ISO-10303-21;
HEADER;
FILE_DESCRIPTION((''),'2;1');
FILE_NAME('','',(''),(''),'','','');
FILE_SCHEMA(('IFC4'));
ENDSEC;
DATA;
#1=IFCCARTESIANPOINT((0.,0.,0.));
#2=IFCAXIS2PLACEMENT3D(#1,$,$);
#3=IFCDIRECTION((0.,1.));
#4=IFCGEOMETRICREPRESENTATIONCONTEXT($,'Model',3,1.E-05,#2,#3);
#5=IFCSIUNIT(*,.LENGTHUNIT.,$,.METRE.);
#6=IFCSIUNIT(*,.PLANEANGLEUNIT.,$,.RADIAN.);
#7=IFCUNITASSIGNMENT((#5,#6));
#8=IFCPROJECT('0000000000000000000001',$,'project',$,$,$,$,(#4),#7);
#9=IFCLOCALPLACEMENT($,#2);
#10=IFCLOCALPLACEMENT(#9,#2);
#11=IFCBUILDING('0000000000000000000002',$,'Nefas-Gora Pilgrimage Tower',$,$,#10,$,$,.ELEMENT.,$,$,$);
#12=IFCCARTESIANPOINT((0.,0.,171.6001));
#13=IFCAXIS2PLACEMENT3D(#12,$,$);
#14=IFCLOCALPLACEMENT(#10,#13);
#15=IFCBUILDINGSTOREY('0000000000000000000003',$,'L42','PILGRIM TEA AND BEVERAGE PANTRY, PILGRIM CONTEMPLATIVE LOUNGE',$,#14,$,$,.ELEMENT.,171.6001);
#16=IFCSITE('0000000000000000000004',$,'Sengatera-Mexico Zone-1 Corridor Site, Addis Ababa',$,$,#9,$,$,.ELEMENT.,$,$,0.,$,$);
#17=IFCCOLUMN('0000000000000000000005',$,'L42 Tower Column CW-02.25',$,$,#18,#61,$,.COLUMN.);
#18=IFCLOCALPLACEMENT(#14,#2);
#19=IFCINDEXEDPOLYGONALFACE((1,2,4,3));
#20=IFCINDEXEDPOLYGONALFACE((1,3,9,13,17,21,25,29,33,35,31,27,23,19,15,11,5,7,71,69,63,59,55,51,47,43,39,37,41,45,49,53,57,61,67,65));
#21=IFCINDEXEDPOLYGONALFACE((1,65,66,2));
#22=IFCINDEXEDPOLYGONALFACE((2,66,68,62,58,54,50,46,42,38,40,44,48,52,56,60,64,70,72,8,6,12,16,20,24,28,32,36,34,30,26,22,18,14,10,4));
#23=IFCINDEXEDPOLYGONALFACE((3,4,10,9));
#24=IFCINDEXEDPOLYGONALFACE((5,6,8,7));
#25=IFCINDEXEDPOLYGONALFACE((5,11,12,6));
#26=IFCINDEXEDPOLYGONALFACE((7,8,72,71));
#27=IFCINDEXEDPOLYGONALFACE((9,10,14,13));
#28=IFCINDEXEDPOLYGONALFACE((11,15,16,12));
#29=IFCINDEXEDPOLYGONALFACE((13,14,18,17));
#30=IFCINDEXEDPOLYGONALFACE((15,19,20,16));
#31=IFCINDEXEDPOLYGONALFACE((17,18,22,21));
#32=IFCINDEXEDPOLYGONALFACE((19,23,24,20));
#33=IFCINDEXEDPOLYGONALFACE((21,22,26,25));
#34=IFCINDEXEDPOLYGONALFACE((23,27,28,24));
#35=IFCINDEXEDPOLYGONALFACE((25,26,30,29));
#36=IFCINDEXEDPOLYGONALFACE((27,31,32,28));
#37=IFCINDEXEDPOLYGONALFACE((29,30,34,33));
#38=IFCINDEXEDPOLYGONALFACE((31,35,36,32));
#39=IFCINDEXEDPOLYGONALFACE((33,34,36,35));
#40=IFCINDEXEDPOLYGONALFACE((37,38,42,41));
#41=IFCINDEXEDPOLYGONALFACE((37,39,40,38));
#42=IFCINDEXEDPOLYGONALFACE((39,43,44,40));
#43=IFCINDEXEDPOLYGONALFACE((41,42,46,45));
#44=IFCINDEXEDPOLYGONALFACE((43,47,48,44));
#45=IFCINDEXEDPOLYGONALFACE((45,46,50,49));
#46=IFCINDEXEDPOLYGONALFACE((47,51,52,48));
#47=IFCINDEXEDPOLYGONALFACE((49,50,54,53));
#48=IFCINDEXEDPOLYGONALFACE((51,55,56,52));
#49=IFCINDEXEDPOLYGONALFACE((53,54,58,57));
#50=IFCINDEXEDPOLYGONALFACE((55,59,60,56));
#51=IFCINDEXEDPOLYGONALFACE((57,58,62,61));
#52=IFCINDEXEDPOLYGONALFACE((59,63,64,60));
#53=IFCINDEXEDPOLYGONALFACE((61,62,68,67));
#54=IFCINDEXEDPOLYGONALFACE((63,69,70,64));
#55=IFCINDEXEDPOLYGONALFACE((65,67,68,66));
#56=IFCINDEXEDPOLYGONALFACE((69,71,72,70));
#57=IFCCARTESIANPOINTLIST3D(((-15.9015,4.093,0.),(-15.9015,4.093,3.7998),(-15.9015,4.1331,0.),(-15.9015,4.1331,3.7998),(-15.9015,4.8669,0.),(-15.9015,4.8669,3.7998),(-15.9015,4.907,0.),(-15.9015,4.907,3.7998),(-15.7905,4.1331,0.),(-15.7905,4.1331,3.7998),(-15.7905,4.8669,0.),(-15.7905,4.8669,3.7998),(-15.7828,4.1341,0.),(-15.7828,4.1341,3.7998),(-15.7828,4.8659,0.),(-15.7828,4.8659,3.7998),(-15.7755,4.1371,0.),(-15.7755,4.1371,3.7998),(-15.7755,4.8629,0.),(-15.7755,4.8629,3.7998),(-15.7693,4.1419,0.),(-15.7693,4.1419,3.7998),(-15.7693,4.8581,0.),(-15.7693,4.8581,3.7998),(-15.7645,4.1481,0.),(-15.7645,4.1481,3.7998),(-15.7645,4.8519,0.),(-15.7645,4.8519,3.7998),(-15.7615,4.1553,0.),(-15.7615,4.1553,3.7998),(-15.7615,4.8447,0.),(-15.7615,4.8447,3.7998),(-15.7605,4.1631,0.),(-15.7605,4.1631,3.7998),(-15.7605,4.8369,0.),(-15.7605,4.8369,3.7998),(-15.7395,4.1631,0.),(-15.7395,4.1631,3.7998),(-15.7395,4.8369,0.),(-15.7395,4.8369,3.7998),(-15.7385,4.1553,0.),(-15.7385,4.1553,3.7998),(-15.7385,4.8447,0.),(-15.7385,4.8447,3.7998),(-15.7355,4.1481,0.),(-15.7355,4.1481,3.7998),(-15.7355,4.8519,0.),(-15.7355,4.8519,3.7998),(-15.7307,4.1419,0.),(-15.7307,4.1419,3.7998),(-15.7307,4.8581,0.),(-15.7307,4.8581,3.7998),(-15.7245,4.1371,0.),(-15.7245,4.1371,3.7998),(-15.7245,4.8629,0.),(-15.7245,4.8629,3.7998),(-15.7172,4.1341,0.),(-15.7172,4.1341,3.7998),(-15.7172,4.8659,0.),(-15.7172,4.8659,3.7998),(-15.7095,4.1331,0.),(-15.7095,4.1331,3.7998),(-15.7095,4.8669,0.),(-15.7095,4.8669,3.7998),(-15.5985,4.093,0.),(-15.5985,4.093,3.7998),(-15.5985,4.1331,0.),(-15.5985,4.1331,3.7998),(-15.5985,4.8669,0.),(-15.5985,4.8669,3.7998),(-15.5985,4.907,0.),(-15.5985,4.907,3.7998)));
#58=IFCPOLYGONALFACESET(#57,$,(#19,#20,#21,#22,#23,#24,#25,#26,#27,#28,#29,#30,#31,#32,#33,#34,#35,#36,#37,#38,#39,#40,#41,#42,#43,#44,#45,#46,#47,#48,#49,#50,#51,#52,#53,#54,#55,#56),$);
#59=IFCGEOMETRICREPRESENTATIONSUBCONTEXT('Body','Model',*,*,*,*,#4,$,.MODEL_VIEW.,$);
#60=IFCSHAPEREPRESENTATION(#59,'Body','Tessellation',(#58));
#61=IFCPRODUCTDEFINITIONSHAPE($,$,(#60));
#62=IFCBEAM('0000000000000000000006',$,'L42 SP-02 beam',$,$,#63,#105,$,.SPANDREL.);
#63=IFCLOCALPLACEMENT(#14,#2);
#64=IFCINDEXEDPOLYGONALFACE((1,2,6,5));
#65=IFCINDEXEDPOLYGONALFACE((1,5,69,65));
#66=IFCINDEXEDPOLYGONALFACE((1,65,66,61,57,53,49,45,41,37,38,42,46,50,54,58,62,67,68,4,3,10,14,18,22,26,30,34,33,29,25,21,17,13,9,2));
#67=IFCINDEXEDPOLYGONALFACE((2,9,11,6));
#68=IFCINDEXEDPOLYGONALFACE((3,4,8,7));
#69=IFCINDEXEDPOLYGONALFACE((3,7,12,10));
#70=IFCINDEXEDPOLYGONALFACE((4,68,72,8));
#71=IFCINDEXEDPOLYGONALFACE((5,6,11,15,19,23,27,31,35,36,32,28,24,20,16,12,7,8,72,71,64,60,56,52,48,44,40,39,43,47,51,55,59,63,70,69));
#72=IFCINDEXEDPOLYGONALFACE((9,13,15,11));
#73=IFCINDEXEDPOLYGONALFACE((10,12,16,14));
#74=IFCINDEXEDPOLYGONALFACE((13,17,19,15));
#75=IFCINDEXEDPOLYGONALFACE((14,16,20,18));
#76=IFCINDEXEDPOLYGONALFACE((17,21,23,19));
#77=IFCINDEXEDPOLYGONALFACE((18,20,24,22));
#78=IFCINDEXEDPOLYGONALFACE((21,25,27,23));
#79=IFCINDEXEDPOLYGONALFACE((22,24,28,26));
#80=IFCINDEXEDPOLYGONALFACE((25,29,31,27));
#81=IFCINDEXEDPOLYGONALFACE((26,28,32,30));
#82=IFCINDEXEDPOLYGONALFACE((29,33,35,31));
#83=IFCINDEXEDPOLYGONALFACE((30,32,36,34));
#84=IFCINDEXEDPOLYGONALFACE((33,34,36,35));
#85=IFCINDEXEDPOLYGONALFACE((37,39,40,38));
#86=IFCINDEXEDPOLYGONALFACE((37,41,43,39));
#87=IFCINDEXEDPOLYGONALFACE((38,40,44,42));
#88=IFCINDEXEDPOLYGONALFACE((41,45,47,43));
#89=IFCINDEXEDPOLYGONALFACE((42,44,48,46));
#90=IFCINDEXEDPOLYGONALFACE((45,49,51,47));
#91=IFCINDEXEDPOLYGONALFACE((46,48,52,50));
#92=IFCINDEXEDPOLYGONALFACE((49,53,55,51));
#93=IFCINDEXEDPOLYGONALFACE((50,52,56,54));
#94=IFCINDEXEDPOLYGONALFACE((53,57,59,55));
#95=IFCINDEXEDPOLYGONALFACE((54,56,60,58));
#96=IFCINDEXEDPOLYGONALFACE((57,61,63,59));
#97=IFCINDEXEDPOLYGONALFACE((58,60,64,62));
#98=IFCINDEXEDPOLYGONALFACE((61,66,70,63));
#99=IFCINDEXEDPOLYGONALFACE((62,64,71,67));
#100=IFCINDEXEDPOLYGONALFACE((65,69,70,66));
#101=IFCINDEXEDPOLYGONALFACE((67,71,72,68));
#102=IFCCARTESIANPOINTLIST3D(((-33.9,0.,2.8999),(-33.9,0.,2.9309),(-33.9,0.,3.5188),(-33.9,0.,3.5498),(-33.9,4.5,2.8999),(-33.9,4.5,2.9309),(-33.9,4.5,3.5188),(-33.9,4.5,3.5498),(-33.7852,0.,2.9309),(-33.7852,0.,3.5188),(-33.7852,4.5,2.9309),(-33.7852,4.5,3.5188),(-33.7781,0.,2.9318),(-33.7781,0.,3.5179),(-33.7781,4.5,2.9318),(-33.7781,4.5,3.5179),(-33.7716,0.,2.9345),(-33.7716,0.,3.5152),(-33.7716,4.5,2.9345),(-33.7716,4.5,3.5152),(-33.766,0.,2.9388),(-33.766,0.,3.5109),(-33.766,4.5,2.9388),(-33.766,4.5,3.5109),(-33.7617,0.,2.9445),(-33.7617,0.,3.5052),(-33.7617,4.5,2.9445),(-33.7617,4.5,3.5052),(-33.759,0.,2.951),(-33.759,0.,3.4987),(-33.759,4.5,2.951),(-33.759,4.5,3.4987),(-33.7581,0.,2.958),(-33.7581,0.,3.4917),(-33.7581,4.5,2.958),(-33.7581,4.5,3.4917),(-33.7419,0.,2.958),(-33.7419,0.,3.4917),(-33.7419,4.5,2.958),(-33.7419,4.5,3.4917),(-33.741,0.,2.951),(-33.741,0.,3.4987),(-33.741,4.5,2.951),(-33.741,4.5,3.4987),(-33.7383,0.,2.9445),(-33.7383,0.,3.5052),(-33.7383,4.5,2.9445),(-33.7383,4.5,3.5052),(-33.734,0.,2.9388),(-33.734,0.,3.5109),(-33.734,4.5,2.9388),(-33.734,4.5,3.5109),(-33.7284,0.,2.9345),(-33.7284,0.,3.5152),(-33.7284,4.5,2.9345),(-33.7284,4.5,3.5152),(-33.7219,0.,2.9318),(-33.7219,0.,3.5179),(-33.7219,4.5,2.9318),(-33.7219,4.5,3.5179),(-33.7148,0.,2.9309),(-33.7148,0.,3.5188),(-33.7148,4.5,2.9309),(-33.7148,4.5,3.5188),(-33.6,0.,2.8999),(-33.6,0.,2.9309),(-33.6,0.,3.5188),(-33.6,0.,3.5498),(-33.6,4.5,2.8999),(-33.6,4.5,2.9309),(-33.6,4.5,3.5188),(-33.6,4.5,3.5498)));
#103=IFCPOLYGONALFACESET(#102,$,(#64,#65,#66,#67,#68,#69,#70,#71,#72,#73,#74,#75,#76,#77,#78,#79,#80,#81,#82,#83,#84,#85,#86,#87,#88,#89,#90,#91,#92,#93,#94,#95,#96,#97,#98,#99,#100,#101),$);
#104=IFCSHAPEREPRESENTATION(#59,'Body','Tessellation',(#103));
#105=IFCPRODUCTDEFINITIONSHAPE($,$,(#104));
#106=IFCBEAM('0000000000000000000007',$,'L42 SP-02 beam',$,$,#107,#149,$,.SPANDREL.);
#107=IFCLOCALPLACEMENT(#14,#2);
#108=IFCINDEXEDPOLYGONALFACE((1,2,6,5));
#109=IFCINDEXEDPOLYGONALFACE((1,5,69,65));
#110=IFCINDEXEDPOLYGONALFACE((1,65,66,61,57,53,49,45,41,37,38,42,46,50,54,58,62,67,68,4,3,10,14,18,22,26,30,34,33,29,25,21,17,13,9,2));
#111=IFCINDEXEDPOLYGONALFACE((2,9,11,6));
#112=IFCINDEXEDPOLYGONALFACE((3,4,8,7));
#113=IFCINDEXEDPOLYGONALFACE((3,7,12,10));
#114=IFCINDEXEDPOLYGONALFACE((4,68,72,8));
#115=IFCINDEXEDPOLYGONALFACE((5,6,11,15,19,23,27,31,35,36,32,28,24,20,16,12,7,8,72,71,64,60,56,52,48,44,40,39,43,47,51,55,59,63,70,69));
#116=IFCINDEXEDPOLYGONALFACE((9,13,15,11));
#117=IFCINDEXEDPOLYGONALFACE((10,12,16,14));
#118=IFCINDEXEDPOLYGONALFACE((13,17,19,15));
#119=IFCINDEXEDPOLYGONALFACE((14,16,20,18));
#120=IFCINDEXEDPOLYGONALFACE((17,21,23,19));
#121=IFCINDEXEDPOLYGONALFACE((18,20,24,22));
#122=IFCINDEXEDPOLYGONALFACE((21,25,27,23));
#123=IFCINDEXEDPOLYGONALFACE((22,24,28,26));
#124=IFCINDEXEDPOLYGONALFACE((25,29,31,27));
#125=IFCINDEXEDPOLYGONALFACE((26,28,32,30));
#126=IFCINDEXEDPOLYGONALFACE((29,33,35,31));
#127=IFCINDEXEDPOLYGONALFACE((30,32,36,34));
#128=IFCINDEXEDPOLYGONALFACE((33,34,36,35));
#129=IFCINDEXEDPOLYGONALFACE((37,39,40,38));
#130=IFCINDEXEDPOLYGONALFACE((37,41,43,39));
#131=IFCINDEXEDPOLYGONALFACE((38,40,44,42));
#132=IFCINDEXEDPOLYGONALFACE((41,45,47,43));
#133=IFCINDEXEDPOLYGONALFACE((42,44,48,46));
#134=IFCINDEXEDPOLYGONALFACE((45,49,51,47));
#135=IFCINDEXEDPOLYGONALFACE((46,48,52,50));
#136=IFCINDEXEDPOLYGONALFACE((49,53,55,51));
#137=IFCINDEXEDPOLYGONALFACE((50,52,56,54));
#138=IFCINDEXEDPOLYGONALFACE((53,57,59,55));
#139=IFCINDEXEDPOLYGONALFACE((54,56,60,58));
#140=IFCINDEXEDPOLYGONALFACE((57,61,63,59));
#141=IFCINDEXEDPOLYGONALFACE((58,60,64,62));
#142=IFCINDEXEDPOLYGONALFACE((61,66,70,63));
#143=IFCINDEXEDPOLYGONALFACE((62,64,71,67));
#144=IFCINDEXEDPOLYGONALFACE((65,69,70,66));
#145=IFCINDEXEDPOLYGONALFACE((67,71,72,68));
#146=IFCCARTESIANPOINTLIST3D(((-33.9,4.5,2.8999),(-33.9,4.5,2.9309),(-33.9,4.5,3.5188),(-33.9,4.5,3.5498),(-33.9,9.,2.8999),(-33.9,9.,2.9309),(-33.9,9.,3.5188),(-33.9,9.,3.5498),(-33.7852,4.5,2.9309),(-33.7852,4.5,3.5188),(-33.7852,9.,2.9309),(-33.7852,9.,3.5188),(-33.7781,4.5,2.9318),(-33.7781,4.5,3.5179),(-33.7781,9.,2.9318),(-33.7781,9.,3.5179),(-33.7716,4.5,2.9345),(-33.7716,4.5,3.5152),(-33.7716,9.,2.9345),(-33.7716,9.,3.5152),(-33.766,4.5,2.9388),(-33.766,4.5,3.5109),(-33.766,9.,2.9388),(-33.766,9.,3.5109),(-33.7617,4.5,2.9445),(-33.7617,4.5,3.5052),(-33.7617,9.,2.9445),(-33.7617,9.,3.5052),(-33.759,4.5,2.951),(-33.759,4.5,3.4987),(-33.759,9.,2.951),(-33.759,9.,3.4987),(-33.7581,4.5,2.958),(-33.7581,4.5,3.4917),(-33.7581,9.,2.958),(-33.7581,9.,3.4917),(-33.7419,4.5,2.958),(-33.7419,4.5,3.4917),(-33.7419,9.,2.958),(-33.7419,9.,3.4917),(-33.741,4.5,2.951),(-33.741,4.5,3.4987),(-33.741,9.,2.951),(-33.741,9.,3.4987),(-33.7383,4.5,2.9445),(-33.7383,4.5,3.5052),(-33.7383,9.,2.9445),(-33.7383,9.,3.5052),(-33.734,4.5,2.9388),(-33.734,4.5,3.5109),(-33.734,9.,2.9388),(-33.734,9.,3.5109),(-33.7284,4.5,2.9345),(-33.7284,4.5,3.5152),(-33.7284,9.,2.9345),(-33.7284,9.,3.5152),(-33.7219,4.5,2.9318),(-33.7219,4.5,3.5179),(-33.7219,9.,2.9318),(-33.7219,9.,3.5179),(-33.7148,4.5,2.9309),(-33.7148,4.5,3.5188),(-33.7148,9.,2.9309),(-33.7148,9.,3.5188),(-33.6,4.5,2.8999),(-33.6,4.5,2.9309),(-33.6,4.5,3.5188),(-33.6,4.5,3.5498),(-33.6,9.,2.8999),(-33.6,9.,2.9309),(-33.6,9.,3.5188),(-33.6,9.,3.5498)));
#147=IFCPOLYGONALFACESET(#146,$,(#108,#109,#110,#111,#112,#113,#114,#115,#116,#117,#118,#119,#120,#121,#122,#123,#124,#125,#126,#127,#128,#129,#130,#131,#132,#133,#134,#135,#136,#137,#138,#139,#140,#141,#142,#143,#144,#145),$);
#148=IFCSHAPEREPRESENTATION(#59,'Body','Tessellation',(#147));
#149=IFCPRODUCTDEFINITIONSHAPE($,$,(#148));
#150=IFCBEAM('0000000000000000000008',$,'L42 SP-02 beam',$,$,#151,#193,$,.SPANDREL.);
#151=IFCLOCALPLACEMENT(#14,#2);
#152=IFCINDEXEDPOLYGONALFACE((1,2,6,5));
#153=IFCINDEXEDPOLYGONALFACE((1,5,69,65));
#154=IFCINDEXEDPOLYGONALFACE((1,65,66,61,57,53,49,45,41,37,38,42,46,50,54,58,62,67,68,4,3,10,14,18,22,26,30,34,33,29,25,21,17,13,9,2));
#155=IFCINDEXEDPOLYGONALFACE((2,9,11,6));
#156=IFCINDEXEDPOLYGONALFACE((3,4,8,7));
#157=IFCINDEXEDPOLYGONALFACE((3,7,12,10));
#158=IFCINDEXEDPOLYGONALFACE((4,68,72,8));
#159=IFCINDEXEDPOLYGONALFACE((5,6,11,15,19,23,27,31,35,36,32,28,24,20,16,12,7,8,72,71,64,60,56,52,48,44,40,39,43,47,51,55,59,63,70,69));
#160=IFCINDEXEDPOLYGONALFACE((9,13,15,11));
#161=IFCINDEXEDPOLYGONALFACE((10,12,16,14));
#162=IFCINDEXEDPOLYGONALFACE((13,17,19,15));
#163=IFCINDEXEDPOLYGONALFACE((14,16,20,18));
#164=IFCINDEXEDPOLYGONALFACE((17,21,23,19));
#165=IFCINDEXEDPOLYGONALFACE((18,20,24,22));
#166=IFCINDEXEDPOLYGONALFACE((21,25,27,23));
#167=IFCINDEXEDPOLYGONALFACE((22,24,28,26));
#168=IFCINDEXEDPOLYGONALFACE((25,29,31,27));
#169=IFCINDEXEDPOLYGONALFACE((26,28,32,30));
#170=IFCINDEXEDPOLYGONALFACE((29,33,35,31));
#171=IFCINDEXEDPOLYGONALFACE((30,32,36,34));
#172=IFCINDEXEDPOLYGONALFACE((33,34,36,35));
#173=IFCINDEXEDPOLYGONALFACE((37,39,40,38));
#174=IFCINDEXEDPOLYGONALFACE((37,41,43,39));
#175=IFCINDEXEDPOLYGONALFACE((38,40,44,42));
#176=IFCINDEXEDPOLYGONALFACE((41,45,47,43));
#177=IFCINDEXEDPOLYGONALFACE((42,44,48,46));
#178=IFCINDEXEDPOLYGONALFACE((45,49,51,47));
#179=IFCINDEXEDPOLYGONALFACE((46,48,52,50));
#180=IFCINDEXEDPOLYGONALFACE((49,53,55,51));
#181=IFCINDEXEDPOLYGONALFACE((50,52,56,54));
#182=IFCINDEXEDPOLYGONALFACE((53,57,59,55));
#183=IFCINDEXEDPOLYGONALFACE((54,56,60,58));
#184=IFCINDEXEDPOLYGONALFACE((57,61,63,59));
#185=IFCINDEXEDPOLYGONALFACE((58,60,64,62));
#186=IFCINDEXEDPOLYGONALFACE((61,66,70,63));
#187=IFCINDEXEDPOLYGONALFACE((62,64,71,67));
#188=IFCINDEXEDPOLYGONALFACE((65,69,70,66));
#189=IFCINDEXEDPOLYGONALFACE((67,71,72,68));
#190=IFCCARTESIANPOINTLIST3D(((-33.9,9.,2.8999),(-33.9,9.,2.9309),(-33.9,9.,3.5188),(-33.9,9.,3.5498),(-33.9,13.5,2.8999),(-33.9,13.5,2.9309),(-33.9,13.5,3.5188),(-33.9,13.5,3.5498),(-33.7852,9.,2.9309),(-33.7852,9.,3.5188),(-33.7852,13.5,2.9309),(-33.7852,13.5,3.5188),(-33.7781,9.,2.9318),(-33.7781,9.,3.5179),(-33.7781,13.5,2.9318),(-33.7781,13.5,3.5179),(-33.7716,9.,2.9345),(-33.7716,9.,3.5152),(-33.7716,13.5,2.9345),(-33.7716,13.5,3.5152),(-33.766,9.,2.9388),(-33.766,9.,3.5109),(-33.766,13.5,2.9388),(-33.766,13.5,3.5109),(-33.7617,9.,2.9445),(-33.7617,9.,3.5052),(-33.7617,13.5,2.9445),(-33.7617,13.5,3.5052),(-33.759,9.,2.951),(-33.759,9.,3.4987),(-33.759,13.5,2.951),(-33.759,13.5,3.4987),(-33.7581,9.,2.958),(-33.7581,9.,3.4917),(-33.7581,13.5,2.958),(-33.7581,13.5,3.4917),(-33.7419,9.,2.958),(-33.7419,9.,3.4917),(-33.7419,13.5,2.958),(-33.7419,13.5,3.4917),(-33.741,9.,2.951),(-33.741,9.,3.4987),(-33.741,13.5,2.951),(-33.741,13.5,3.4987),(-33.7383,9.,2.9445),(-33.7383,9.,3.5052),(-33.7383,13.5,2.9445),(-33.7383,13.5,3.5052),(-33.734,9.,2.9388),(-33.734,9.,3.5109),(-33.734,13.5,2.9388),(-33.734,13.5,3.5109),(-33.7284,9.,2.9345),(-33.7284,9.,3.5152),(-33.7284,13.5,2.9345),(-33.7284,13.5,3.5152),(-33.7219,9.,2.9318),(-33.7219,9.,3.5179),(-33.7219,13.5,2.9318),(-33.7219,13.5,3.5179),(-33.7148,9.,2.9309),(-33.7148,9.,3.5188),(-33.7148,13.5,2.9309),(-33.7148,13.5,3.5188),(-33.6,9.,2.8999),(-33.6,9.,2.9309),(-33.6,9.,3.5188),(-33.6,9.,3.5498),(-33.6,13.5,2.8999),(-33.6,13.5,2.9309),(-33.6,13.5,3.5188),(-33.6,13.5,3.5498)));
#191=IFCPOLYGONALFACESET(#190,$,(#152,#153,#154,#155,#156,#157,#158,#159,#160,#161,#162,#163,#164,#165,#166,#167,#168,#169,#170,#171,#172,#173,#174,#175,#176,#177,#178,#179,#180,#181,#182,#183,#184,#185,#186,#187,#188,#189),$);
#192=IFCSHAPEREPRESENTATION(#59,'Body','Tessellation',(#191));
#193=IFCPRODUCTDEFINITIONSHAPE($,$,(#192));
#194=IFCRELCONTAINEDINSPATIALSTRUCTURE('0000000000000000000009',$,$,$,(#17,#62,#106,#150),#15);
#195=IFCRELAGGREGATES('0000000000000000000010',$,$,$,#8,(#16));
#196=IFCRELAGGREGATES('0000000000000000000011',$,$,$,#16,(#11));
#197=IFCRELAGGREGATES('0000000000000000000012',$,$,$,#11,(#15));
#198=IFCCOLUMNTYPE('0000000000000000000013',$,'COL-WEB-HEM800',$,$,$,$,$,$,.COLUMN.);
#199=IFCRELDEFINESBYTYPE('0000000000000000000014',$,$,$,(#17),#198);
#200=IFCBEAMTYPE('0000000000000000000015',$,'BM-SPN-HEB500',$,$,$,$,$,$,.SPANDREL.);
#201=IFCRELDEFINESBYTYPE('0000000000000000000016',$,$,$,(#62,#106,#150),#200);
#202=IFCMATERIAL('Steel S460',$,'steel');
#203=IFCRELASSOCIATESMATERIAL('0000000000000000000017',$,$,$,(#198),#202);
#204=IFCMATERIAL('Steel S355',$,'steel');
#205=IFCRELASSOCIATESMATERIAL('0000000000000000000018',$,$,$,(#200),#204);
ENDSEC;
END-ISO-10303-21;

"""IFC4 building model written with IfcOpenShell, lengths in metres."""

from ifc_helpers import new_model, si_unit, direction, frame, origin, origin_2d, place, context, subcontext, project, spatial, i_section, extrude, source, transform, mapped, material, material_profile, profile_set, type_object, element, save


model = new_model("IFC4")

# Units and contexts
model_context = context("Model", 3, precision=1e-05, world=origin(), true_north=direction((0.0, 1.0)))
body_context = subcontext(model_context, "Body", "Model", "MODEL_VIEW")
ifc_project = project(units=[si_unit("LENGTHUNIT", "METRE"), si_unit("PLANEANGLEUNIT", "RADIAN")], contexts=[model_context])

# Site, building, storey
site_placement = place(None, origin())
site = spatial("IfcSite", under=ifc_project, at=site_placement, Name="Sengatera-Mexico Zone-1 Corridor Site, Addis Ababa", CompositionType="ELEMENT", RefElevation=0.0)
building_placement = place(site_placement, origin())
building = spatial("IfcBuilding", under=site, at=building_placement, Name="Nefas-Gora Pilgrimage Tower", CompositionType="ELEMENT")
storey_placement = place(building_placement, frame((0.0, 0.0, 171.6001)))
storey = spatial("IfcBuildingStorey", under=building, at=storey_placement, Name="L42", Description="PILGRIM TEA AND BEVERAGE PANTRY, PILGRIM CONTEMPLATIVE LOUNGE", CompositionType="ELEMENT", Elevation=171.6001)

# Column
ifc_material_1 = material(Name="Steel S460", Category="steel")
ifc_material_profile_1 = material_profile(ifc_material_1, i_section(OverallWidth=0.303, OverallDepth=0.814, WebThickness=0.021, FlangeThickness=0.04, FilletRadius=0.03, at=origin_2d()), Name="HEM 800")
ifc_profile_set_1 = profile_set([ifc_material_profile_1], Name="Steel S460")
column_type_1 = type_object("IfcColumnType", Name="COL-WEB-HEM800", PredefinedType="COLUMN", material=ifc_profile_set_1)
shared_shape_1 = source(origin(), body_context, "Body", "SweptSolid", [
    extrude(i_section(OverallWidth=0.303, OverallDepth=0.814, WebThickness=0.021, FlangeThickness=0.04, FilletRadius=0.03, at=origin_2d()), origin(), (0.0, 0.0, 1.0), 3.7998),
])
for number, where, z_axis, x_axis, name in (
    (1, (-15.75, 4.5, 0.0), (0.0, 0.0, 1.0), (1.0, 0.0, 0.0), "L42 Tower Column CW-02.25"),
):
    element("IfcColumn", number, at=place(storey_placement, frame(where, z_axis=z_axis, x_axis=x_axis)), inside=storey, type_object=column_type_1, Name=name, PredefinedType="COLUMN", context=body_context, shape_type="MappedRepresentation", body=[
        mapped(shared_shape_1, transform((0.0, 0.0, 0.0), x_axis=(1.0, 0.0, 0.0), y_axis=(0.0, 1.0, 0.0), z_axis=(0.0, 0.0, 1.0), scale=1.0)),
    ])

# Beams
ifc_material_2 = material(Name="Steel S355", Category="steel")
ifc_material_profile_2 = material_profile(ifc_material_2, i_section(OverallWidth=0.3, OverallDepth=0.6499, WebThickness=0.0161, FlangeThickness=0.031, FilletRadius=0.0271, at=origin_2d()), Name="HEB 650")
ifc_profile_set_2 = profile_set([ifc_material_profile_2], Name="Steel S355")
beam_type_1 = type_object("IfcBeamType", Name="BM-SPN-HEB500", PredefinedType="SPANDREL", material=ifc_profile_set_2)
shared_shape_2 = source(origin(), body_context, "Body", "SweptSolid", [
    extrude(i_section(OverallWidth=0.3, OverallDepth=0.6499, WebThickness=0.0161, FlangeThickness=0.031, FilletRadius=0.0271, at=origin_2d()), origin(), (0.0, 0.0, 1.0), 4.5),
])
for number, where, z_axis, x_axis, name in (
    (2, (-33.75, 0.0, 3.2249), (0.0, 1.0, 0.0), (-1.0, 0.0, 0.0), "L42 SP-02 beam"),
    (3, (-33.75, 4.5, 3.2249), (0.0, 1.0, 0.0), (-1.0, 0.0, 0.0), "L42 SP-02 beam"),
    (4, (-33.75, 9.0, 3.2249), (0.0, 1.0, 0.0), (-1.0, 0.0, 0.0), "L42 SP-02 beam"),
):
    element("IfcBeam", number, at=place(storey_placement, frame(where, z_axis=z_axis, x_axis=x_axis)), inside=storey, type_object=beam_type_1, Name=name, PredefinedType="SPANDREL", context=body_context, shape_type="MappedRepresentation", body=[
        mapped(shared_shape_2, transform((0.0, 0.0, 0.0), x_axis=(1.0, 0.0, 0.0), y_axis=(0.0, 1.0, 0.0), z_axis=(0.0, 0.0, 1.0), scale=1.0)),
    ])

save(model, "model.ifc")
